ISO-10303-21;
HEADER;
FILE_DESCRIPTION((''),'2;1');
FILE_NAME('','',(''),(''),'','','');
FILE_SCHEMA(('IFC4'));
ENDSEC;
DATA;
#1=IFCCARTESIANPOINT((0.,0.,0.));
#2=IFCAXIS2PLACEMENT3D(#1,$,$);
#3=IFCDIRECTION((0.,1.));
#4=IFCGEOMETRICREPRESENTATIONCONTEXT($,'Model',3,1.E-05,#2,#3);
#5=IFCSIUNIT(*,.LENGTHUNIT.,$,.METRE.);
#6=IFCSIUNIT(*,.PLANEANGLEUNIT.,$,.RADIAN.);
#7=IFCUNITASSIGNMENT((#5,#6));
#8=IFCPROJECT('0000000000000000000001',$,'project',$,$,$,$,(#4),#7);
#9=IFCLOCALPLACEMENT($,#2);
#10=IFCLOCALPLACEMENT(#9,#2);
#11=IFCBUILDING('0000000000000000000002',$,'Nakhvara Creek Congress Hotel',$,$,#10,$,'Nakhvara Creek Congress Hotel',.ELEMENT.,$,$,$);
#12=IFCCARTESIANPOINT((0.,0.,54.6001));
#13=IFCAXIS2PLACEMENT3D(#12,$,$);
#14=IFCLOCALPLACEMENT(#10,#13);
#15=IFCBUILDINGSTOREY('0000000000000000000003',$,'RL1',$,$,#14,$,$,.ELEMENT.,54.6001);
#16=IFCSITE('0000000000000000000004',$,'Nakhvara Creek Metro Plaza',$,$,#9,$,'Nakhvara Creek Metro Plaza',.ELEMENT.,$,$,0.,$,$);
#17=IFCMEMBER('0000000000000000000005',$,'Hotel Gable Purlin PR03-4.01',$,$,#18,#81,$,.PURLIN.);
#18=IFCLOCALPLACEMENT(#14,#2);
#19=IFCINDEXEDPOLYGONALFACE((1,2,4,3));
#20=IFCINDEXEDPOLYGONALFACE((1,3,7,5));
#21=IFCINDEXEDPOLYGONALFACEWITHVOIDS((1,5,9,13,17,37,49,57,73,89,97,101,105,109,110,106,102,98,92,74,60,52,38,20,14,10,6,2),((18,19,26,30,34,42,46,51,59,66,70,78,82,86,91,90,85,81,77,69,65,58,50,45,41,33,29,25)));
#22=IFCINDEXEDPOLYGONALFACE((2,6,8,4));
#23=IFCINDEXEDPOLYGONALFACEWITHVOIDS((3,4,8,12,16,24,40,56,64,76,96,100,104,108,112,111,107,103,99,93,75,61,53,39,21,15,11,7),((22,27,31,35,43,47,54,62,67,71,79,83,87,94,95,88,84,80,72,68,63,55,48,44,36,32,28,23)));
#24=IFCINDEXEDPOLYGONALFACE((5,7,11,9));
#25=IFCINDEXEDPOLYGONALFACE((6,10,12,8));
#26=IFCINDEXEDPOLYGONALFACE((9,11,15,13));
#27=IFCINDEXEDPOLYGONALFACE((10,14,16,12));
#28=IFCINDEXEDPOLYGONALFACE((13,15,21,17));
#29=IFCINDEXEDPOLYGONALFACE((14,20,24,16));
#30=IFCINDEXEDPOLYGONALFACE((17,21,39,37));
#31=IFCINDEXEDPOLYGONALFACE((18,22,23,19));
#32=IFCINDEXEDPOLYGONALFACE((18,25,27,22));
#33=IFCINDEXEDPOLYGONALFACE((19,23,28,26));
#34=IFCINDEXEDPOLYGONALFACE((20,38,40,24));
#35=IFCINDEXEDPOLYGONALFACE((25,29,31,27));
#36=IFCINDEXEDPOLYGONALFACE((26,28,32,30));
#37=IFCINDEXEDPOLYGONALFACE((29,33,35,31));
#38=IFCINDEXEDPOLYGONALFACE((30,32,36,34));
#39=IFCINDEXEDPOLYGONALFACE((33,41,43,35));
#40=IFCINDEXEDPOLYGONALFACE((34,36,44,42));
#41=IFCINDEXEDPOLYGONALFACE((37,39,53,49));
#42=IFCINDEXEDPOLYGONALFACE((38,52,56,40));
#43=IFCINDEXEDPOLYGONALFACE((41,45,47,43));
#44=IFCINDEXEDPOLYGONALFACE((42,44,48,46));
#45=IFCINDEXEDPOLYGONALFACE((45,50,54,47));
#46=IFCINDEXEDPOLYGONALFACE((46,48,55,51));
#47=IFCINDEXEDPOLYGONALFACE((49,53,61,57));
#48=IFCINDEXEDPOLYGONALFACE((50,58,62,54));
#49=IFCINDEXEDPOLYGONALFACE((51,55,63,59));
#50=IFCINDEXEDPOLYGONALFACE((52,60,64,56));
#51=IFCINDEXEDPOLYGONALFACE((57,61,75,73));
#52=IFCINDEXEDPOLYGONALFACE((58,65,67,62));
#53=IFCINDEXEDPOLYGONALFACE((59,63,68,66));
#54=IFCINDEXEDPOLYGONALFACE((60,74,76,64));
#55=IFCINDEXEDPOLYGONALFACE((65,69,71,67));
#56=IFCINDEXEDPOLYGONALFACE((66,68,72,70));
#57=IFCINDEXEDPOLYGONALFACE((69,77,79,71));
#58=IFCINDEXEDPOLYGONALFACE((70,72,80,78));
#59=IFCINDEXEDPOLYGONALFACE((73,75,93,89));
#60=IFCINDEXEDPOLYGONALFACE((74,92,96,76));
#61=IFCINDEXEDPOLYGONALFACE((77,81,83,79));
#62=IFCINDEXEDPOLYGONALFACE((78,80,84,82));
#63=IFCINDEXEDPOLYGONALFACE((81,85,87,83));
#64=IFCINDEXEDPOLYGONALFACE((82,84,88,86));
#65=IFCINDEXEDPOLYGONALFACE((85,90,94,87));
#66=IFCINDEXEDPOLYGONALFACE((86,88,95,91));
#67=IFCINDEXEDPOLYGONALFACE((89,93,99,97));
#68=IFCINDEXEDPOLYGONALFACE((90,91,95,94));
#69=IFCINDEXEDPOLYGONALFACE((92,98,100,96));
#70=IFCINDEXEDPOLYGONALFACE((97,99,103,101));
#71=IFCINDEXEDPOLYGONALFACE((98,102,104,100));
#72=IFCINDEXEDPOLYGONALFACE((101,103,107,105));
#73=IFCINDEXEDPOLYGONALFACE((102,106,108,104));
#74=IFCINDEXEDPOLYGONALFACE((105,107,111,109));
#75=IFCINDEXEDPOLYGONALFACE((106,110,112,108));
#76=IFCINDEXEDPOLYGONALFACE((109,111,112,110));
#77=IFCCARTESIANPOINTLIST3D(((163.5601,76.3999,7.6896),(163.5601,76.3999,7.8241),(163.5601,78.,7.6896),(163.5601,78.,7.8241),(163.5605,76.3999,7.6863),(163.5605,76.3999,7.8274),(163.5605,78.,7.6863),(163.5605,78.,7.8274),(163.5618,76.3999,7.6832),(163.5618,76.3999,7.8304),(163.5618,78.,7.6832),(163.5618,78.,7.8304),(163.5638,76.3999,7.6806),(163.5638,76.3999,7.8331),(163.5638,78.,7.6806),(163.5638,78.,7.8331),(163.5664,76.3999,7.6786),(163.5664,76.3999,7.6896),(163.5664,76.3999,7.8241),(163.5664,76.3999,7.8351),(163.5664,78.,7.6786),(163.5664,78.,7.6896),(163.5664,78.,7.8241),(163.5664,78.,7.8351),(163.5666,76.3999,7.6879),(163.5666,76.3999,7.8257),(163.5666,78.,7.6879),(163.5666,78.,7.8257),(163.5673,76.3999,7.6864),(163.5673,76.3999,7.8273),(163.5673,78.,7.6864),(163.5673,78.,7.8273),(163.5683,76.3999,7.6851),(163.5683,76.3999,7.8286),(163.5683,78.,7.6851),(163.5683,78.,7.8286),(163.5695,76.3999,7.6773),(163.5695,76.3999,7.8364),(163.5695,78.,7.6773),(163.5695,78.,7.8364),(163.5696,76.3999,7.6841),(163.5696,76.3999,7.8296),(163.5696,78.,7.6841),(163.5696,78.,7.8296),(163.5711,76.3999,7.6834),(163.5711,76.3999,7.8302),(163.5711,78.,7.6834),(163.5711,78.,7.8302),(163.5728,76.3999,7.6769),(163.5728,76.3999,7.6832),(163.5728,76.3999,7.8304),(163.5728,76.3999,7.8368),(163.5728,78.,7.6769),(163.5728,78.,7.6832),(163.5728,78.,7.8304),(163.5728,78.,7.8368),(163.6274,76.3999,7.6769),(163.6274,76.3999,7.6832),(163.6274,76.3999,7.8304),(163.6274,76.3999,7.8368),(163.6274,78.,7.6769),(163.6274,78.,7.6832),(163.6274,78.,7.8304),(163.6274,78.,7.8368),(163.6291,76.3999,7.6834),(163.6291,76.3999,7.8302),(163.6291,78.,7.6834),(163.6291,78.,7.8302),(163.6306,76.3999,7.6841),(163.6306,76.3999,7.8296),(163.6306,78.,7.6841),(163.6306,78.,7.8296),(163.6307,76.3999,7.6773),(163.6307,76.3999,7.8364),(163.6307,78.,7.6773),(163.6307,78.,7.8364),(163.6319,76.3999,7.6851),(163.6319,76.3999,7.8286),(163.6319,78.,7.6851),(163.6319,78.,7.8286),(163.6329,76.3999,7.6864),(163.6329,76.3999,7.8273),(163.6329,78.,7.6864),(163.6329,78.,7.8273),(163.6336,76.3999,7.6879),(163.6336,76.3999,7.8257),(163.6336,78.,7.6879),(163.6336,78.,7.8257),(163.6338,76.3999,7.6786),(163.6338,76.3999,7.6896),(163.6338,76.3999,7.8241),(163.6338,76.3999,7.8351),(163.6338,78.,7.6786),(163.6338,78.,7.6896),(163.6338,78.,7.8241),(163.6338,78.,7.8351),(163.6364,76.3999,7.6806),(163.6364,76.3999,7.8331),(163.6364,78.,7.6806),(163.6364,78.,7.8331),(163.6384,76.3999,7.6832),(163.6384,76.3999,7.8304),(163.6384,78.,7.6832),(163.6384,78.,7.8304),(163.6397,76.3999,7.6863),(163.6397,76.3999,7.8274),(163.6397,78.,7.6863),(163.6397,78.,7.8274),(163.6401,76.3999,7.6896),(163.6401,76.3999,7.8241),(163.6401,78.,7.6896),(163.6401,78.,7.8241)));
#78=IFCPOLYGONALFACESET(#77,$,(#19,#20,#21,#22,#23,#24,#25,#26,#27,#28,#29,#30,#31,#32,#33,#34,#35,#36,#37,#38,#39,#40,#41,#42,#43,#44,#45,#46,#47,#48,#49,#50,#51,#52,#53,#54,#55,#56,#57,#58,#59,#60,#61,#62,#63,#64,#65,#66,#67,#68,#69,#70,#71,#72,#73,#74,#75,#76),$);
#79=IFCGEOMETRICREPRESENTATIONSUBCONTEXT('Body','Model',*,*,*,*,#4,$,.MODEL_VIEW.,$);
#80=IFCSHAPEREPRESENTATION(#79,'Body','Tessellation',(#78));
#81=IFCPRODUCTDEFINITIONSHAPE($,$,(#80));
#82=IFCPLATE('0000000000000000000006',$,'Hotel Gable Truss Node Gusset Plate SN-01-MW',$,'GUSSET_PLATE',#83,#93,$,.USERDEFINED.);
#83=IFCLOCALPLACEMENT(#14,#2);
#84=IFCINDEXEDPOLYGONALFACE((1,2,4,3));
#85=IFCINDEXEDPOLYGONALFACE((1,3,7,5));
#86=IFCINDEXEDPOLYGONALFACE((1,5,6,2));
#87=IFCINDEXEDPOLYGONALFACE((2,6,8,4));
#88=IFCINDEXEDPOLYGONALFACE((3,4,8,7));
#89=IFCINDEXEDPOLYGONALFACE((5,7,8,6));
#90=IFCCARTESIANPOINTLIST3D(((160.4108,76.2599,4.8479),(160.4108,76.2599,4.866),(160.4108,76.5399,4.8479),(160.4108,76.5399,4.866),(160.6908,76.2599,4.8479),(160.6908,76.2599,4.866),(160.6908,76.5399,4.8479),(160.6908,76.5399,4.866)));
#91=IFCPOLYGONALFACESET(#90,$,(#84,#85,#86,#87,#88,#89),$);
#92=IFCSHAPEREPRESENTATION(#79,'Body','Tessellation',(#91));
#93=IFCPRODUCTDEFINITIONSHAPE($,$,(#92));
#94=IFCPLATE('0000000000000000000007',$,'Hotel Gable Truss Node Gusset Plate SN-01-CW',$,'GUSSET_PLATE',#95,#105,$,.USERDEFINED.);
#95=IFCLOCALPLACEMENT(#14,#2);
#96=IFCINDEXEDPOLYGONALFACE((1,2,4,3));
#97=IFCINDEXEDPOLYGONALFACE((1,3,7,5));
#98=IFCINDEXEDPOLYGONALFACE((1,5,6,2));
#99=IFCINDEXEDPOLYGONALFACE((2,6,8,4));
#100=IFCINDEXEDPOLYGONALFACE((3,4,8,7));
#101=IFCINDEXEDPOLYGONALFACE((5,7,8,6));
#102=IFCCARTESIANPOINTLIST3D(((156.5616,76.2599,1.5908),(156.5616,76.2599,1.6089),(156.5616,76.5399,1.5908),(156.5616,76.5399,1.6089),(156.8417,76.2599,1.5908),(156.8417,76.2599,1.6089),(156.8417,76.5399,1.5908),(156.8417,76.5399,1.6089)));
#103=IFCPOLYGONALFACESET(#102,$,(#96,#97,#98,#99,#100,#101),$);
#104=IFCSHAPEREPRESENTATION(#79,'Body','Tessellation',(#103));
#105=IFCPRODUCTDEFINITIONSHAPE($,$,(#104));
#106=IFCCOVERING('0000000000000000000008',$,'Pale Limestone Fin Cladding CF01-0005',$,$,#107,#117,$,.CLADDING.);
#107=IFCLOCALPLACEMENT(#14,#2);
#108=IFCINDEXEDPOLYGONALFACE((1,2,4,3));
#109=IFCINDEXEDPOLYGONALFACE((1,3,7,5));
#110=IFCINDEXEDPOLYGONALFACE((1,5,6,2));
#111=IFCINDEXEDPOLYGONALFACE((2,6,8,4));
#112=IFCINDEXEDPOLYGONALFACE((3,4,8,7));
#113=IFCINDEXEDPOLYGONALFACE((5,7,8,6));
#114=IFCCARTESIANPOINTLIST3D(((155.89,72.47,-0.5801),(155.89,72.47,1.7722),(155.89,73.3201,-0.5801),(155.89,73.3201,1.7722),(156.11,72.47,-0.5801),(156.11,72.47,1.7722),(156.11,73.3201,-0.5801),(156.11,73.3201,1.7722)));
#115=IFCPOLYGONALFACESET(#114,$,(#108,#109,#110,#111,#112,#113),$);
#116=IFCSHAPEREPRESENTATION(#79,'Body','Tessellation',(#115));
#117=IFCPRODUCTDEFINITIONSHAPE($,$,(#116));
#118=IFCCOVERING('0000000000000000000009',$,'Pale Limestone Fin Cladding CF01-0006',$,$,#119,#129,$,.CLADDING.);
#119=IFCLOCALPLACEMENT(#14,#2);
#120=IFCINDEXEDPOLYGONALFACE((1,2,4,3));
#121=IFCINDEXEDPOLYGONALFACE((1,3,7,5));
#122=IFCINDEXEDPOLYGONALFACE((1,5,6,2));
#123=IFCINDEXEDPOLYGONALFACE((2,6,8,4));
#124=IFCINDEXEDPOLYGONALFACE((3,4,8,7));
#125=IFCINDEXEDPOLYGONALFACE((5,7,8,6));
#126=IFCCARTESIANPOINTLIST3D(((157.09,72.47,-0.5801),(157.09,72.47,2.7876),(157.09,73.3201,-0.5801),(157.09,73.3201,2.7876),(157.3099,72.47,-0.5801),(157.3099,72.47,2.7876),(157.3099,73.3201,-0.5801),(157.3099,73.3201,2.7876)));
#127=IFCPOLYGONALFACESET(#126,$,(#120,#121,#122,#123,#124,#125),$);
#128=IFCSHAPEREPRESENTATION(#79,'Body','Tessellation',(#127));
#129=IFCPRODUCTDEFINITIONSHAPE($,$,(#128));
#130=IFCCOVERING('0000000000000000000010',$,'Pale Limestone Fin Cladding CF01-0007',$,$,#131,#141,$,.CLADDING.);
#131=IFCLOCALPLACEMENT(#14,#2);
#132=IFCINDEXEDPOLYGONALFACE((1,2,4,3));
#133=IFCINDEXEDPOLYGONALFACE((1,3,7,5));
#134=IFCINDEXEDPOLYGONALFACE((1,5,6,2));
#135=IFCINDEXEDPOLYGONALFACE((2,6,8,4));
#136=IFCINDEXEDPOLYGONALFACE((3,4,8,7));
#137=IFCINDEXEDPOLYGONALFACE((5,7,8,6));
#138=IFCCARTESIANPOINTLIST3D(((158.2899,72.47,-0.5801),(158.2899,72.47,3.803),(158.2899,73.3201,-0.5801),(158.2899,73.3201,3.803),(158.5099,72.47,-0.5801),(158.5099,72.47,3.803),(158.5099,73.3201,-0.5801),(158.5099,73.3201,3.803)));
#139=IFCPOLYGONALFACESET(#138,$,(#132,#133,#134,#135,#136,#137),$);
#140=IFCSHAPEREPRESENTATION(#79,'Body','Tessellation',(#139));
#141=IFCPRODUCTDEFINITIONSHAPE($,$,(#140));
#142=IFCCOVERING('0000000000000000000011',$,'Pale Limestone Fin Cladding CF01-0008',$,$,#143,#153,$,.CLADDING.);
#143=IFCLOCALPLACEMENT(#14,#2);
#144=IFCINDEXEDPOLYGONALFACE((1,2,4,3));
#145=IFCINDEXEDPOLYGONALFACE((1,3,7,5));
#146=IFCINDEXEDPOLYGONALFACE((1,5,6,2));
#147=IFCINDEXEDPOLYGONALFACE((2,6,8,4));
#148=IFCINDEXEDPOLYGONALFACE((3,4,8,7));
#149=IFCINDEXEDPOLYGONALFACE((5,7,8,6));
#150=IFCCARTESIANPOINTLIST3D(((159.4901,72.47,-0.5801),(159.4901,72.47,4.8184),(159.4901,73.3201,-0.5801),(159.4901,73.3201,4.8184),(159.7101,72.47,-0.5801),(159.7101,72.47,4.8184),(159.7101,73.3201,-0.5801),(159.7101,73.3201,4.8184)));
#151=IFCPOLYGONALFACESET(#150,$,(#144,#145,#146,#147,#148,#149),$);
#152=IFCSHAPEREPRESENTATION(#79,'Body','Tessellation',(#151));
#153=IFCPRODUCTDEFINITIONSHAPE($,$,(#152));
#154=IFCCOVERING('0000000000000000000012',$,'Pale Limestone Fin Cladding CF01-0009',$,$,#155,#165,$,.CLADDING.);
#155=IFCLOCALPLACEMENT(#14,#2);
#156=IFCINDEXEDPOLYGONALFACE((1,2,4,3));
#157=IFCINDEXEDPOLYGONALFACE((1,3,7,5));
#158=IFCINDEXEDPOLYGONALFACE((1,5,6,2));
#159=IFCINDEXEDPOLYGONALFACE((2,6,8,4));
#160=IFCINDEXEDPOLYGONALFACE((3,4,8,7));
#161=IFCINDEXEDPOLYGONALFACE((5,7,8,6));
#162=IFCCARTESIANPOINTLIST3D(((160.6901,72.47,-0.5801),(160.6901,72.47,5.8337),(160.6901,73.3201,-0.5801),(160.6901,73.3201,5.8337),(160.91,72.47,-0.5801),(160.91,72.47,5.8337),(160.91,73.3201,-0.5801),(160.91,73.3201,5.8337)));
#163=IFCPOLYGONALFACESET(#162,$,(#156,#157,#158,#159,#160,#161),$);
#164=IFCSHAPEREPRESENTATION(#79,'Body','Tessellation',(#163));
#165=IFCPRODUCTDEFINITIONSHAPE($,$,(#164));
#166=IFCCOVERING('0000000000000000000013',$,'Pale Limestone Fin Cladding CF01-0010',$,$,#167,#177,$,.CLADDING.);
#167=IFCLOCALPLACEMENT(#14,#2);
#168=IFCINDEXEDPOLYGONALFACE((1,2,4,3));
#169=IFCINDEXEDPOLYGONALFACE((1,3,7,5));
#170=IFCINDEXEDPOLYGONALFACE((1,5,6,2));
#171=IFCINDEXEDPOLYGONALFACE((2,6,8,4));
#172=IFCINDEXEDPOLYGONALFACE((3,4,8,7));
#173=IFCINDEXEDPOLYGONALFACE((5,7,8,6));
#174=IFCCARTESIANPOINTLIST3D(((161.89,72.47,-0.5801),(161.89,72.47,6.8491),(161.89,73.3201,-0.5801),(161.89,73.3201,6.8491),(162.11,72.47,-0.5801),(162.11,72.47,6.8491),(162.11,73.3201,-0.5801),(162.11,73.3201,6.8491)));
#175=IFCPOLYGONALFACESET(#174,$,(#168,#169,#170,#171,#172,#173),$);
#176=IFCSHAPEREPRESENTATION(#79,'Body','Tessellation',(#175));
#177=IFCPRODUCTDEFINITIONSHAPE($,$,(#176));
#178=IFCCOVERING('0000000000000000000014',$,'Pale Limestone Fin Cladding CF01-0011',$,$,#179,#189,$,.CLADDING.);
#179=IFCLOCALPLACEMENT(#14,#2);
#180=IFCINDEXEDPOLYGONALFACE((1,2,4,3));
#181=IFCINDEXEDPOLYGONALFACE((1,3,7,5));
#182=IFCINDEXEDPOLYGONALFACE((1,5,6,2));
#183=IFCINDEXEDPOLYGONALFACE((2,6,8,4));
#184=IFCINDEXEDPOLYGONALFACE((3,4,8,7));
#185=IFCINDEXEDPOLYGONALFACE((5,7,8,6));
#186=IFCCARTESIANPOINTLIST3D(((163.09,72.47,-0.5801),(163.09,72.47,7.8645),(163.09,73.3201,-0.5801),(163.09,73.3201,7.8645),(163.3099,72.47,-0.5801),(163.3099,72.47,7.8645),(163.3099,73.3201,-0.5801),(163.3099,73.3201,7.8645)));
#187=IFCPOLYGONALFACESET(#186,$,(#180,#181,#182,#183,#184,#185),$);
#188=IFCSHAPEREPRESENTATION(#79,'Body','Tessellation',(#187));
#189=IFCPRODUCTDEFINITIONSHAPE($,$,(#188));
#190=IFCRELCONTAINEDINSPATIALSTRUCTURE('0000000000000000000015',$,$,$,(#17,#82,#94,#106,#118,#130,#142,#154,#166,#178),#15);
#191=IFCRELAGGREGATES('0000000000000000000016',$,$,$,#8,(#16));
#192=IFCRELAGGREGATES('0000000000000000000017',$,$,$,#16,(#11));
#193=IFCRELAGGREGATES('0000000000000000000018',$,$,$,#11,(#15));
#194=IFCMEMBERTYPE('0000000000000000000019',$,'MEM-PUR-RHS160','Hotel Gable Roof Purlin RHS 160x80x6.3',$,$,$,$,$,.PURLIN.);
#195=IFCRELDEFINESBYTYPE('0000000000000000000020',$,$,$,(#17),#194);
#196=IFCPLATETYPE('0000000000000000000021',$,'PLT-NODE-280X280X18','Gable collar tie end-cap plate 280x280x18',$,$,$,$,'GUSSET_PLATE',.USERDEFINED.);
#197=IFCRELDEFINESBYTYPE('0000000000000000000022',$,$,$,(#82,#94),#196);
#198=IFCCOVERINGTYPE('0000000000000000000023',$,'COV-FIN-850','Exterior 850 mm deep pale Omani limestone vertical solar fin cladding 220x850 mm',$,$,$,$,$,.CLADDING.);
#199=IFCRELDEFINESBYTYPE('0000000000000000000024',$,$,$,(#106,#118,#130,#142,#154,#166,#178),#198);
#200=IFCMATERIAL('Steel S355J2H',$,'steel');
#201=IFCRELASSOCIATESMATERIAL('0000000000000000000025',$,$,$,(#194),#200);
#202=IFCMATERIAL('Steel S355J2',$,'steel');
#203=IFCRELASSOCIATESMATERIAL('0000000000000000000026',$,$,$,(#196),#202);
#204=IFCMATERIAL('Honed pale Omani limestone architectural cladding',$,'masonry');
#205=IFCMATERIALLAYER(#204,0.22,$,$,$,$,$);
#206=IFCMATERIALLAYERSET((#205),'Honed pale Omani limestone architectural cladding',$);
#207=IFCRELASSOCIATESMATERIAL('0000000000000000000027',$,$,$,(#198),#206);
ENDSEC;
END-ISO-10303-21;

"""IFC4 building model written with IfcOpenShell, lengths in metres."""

from ifc_helpers import new_model, si_unit, direction, frame, origin, origin_2d, place, context, subcontext, project, spatial, rectangle, hollow_rectangle, extrude, material, layer, layer_set, material_profile, profile_set, type_object, element, save


model = new_model("IFC4")

# Units and contexts
model_context = context("Model", 3, precision=1e-05, world=origin(), true_north=direction((0.0, 1.0)))
body_context = subcontext(model_context, "Body", "Model", "MODEL_VIEW")
ifc_project = project(units=[si_unit("LENGTHUNIT", "METRE"), si_unit("PLANEANGLEUNIT", "RADIAN")], contexts=[model_context])

# Site, building, storey
site_placement = place(None, origin())
site = spatial("IfcSite", under=ifc_project, at=site_placement, Name="Nakhvara Creek Metro Plaza", LongName="Nakhvara Creek Metro Plaza", CompositionType="ELEMENT", RefElevation=0.0)
building_placement = place(site_placement, origin())
building = spatial("IfcBuilding", under=site, at=building_placement, Name="Nakhvara Creek Congress Hotel", LongName="Nakhvara Creek Congress Hotel", CompositionType="ELEMENT")
storey_placement = place(building_placement, frame((0.0, 0.0, 54.6001)))
storey = spatial("IfcBuildingStorey", under=building, at=storey_placement, Name="RL1", CompositionType="ELEMENT", Elevation=54.6001)

# Shared definitions
ifc_material_1 = material(Name="Steel S355J2", Category="steel")

# Member
ifc_material_2 = material(Name="Steel S355J2H", Category="steel")
ifc_material_profile_1 = material_profile(ifc_material_2, hollow_rectangle(XDim=0.0801, YDim=0.1599, WallThickness=0.0063, InnerFilletRadius=0.0063, OuterFilletRadius=0.0127, at=origin_2d()), Name="RHS 160x80x6.3", Category="LoadBearing")
ifc_profile_set_1 = profile_set([ifc_material_profile_1], Name="Steel S355J2H")
member_type = type_object("IfcMemberType", Name="MEM-PUR-RHS160", Description="Hotel Gable Roof Purlin RHS 160x80x6.3", PredefinedType="PURLIN", material=ifc_profile_set_1)
for number, where, z_axis, x_axis, name in (
    (1, (163.6001, 76.3999, 7.7568), (0.0, 1.0, 0.0), (-1.0, 0.0, 0.0), "Hotel Gable Purlin PR03-4.01"),
):
    element("IfcMember", number, at=place(storey_placement, frame(where, z_axis=z_axis, x_axis=x_axis)), inside=storey, type_object=member_type, Name=name, PredefinedType="PURLIN", context=body_context, shape_type="SweptSolid", body=[
        extrude(hollow_rectangle(XDim=0.0801, YDim=0.1599, WallThickness=0.0063, InnerFilletRadius=0.0063, OuterFilletRadius=0.0127, at=origin_2d()), origin(), (0.0, 0.0, 1.0), 1.6001),
    ])

# Plates
plate_type = type_object("IfcPlateType", Name="PLT-NODE-280X280X18", Description="Gable collar tie end-cap plate 280x280x18", ElementType="GUSSET_PLATE", PredefinedType="USERDEFINED", material=ifc_material_1)
for number, where, z_axis, x_axis, name in (
    (2, (160.5508, 76.3999, 4.8479), (0.0, 0.0, 1.0), (1.0, 0.0, 0.0), "Hotel Gable Truss Node Gusset Plate SN-01-MW"),
    (3, (156.7017, 76.3999, 1.5908), (0.0, 0.0, 1.0), (1.0, 0.0, 0.0), "Hotel Gable Truss Node Gusset Plate SN-01-CW"),
):
    element("IfcPlate", number, at=place(storey_placement, frame(where, z_axis=z_axis, x_axis=x_axis)), inside=storey, type_object=plate_type, Name=name, ObjectType="GUSSET_PLATE", PredefinedType="USERDEFINED", context=body_context, shape_type="SweptSolid", body=[
        extrude(rectangle(XDim=0.28, YDim=0.28, at=origin_2d()), origin(), (0.0, 0.0, 1.0), 0.0181),
    ])

# Coverings
ifc_material_3 = material(Name="Honed pale Omani limestone architectural cladding", Category="masonry")
ifc_layer = layer(ifc_material_3, 0.22)
ifc_layer_set = layer_set([ifc_layer], Name="Honed pale Omani limestone architectural cladding")
covering_type = type_object("IfcCoveringType", Name="COV-FIN-850", Description="Exterior 850 mm deep pale Omani limestone vertical solar fin cladding 220x850 mm", PredefinedType="CLADDING", material=ifc_layer_set)
covering_1_placement = place(storey_placement, frame((156.0, 72.895, -0.5801), z_axis=(0.0, 0.0, 1.0), x_axis=(1.0, 0.0, 0.0)))
element("IfcCovering", 4, at=covering_1_placement, inside=storey, type_object=covering_type, Name="Pale Limestone Fin Cladding CF01-0005", PredefinedType="CLADDING", context=body_context, shape_type="SweptSolid", body=[
    extrude(rectangle(XDim=0.22, YDim=0.8501, at=origin_2d()), origin(), (0.0, 0.0, 1.0), 2.3523),
])
covering_2_placement = place(storey_placement, frame((157.2, 72.895, -0.5801), z_axis=(0.0, 0.0, 1.0), x_axis=(1.0, 0.0, 0.0)))
element("IfcCovering", 5, at=covering_2_placement, inside=storey, type_object=covering_type, Name="Pale Limestone Fin Cladding CF01-0006", PredefinedType="CLADDING", context=body_context, shape_type="SweptSolid", body=[
    extrude(rectangle(XDim=0.22, YDim=0.8501, at=origin_2d()), origin(), (0.0, 0.0, 1.0), 3.3677),
])
covering_3_placement = place(storey_placement, frame((158.3999, 72.895, -0.5801), z_axis=(0.0, 0.0, 1.0), x_axis=(1.0, 0.0, 0.0)))
element("IfcCovering", 6, at=covering_3_placement, inside=storey, type_object=covering_type, Name="Pale Limestone Fin Cladding CF01-0007", PredefinedType="CLADDING", context=body_context, shape_type="SweptSolid", body=[
    extrude(rectangle(XDim=0.22, YDim=0.8501, at=origin_2d()), origin(), (0.0, 0.0, 1.0), 4.3831),
])
covering_4_placement = place(storey_placement, frame((159.6001, 72.895, -0.5801), z_axis=(0.0, 0.0, 1.0), x_axis=(1.0, 0.0, 0.0)))
element("IfcCovering", 7, at=covering_4_placement, inside=storey, type_object=covering_type, Name="Pale Limestone Fin Cladding CF01-0008", PredefinedType="CLADDING", context=body_context, shape_type="SweptSolid", body=[
    extrude(rectangle(XDim=0.22, YDim=0.8501, at=origin_2d()), origin(), (0.0, 0.0, 1.0), 5.3984),
])
covering_5_placement = place(storey_placement, frame((160.8, 72.895, -0.5801), z_axis=(0.0, 0.0, 1.0), x_axis=(1.0, 0.0, 0.0)))
element("IfcCovering", 8, at=covering_5_placement, inside=storey, type_object=covering_type, Name="Pale Limestone Fin Cladding CF01-0009", PredefinedType="CLADDING", context=body_context, shape_type="SweptSolid", body=[
    extrude(rectangle(XDim=0.22, YDim=0.8501, at=origin_2d()), origin(), (0.0, 0.0, 1.0), 6.4138),
])
covering_6_placement = place(storey_placement, frame((162.0, 72.895, -0.5801), z_axis=(0.0, 0.0, 1.0), x_axis=(1.0, 0.0, 0.0)))
element("IfcCovering", 9, at=covering_6_placement, inside=storey, type_object=covering_type, Name="Pale Limestone Fin Cladding CF01-0010", PredefinedType="CLADDING", context=body_context, shape_type="SweptSolid", body=[
    extrude(rectangle(XDim=0.22, YDim=0.8501, at=origin_2d()), origin(), (0.0, 0.0, 1.0), 7.4292),
])
covering_7_placement = place(storey_placement, frame((163.2, 72.895, -0.5801), z_axis=(0.0, 0.0, 1.0), x_axis=(1.0, 0.0, 0.0)))
element("IfcCovering", 10, at=covering_7_placement, inside=storey, type_object=covering_type, Name="Pale Limestone Fin Cladding CF01-0011", PredefinedType="CLADDING", context=body_context, shape_type="SweptSolid", body=[
    extrude(rectangle(XDim=0.22, YDim=0.8501, at=origin_2d()), origin(), (0.0, 0.0, 1.0), 8.4446),
])

save(model, "model.ifc")
